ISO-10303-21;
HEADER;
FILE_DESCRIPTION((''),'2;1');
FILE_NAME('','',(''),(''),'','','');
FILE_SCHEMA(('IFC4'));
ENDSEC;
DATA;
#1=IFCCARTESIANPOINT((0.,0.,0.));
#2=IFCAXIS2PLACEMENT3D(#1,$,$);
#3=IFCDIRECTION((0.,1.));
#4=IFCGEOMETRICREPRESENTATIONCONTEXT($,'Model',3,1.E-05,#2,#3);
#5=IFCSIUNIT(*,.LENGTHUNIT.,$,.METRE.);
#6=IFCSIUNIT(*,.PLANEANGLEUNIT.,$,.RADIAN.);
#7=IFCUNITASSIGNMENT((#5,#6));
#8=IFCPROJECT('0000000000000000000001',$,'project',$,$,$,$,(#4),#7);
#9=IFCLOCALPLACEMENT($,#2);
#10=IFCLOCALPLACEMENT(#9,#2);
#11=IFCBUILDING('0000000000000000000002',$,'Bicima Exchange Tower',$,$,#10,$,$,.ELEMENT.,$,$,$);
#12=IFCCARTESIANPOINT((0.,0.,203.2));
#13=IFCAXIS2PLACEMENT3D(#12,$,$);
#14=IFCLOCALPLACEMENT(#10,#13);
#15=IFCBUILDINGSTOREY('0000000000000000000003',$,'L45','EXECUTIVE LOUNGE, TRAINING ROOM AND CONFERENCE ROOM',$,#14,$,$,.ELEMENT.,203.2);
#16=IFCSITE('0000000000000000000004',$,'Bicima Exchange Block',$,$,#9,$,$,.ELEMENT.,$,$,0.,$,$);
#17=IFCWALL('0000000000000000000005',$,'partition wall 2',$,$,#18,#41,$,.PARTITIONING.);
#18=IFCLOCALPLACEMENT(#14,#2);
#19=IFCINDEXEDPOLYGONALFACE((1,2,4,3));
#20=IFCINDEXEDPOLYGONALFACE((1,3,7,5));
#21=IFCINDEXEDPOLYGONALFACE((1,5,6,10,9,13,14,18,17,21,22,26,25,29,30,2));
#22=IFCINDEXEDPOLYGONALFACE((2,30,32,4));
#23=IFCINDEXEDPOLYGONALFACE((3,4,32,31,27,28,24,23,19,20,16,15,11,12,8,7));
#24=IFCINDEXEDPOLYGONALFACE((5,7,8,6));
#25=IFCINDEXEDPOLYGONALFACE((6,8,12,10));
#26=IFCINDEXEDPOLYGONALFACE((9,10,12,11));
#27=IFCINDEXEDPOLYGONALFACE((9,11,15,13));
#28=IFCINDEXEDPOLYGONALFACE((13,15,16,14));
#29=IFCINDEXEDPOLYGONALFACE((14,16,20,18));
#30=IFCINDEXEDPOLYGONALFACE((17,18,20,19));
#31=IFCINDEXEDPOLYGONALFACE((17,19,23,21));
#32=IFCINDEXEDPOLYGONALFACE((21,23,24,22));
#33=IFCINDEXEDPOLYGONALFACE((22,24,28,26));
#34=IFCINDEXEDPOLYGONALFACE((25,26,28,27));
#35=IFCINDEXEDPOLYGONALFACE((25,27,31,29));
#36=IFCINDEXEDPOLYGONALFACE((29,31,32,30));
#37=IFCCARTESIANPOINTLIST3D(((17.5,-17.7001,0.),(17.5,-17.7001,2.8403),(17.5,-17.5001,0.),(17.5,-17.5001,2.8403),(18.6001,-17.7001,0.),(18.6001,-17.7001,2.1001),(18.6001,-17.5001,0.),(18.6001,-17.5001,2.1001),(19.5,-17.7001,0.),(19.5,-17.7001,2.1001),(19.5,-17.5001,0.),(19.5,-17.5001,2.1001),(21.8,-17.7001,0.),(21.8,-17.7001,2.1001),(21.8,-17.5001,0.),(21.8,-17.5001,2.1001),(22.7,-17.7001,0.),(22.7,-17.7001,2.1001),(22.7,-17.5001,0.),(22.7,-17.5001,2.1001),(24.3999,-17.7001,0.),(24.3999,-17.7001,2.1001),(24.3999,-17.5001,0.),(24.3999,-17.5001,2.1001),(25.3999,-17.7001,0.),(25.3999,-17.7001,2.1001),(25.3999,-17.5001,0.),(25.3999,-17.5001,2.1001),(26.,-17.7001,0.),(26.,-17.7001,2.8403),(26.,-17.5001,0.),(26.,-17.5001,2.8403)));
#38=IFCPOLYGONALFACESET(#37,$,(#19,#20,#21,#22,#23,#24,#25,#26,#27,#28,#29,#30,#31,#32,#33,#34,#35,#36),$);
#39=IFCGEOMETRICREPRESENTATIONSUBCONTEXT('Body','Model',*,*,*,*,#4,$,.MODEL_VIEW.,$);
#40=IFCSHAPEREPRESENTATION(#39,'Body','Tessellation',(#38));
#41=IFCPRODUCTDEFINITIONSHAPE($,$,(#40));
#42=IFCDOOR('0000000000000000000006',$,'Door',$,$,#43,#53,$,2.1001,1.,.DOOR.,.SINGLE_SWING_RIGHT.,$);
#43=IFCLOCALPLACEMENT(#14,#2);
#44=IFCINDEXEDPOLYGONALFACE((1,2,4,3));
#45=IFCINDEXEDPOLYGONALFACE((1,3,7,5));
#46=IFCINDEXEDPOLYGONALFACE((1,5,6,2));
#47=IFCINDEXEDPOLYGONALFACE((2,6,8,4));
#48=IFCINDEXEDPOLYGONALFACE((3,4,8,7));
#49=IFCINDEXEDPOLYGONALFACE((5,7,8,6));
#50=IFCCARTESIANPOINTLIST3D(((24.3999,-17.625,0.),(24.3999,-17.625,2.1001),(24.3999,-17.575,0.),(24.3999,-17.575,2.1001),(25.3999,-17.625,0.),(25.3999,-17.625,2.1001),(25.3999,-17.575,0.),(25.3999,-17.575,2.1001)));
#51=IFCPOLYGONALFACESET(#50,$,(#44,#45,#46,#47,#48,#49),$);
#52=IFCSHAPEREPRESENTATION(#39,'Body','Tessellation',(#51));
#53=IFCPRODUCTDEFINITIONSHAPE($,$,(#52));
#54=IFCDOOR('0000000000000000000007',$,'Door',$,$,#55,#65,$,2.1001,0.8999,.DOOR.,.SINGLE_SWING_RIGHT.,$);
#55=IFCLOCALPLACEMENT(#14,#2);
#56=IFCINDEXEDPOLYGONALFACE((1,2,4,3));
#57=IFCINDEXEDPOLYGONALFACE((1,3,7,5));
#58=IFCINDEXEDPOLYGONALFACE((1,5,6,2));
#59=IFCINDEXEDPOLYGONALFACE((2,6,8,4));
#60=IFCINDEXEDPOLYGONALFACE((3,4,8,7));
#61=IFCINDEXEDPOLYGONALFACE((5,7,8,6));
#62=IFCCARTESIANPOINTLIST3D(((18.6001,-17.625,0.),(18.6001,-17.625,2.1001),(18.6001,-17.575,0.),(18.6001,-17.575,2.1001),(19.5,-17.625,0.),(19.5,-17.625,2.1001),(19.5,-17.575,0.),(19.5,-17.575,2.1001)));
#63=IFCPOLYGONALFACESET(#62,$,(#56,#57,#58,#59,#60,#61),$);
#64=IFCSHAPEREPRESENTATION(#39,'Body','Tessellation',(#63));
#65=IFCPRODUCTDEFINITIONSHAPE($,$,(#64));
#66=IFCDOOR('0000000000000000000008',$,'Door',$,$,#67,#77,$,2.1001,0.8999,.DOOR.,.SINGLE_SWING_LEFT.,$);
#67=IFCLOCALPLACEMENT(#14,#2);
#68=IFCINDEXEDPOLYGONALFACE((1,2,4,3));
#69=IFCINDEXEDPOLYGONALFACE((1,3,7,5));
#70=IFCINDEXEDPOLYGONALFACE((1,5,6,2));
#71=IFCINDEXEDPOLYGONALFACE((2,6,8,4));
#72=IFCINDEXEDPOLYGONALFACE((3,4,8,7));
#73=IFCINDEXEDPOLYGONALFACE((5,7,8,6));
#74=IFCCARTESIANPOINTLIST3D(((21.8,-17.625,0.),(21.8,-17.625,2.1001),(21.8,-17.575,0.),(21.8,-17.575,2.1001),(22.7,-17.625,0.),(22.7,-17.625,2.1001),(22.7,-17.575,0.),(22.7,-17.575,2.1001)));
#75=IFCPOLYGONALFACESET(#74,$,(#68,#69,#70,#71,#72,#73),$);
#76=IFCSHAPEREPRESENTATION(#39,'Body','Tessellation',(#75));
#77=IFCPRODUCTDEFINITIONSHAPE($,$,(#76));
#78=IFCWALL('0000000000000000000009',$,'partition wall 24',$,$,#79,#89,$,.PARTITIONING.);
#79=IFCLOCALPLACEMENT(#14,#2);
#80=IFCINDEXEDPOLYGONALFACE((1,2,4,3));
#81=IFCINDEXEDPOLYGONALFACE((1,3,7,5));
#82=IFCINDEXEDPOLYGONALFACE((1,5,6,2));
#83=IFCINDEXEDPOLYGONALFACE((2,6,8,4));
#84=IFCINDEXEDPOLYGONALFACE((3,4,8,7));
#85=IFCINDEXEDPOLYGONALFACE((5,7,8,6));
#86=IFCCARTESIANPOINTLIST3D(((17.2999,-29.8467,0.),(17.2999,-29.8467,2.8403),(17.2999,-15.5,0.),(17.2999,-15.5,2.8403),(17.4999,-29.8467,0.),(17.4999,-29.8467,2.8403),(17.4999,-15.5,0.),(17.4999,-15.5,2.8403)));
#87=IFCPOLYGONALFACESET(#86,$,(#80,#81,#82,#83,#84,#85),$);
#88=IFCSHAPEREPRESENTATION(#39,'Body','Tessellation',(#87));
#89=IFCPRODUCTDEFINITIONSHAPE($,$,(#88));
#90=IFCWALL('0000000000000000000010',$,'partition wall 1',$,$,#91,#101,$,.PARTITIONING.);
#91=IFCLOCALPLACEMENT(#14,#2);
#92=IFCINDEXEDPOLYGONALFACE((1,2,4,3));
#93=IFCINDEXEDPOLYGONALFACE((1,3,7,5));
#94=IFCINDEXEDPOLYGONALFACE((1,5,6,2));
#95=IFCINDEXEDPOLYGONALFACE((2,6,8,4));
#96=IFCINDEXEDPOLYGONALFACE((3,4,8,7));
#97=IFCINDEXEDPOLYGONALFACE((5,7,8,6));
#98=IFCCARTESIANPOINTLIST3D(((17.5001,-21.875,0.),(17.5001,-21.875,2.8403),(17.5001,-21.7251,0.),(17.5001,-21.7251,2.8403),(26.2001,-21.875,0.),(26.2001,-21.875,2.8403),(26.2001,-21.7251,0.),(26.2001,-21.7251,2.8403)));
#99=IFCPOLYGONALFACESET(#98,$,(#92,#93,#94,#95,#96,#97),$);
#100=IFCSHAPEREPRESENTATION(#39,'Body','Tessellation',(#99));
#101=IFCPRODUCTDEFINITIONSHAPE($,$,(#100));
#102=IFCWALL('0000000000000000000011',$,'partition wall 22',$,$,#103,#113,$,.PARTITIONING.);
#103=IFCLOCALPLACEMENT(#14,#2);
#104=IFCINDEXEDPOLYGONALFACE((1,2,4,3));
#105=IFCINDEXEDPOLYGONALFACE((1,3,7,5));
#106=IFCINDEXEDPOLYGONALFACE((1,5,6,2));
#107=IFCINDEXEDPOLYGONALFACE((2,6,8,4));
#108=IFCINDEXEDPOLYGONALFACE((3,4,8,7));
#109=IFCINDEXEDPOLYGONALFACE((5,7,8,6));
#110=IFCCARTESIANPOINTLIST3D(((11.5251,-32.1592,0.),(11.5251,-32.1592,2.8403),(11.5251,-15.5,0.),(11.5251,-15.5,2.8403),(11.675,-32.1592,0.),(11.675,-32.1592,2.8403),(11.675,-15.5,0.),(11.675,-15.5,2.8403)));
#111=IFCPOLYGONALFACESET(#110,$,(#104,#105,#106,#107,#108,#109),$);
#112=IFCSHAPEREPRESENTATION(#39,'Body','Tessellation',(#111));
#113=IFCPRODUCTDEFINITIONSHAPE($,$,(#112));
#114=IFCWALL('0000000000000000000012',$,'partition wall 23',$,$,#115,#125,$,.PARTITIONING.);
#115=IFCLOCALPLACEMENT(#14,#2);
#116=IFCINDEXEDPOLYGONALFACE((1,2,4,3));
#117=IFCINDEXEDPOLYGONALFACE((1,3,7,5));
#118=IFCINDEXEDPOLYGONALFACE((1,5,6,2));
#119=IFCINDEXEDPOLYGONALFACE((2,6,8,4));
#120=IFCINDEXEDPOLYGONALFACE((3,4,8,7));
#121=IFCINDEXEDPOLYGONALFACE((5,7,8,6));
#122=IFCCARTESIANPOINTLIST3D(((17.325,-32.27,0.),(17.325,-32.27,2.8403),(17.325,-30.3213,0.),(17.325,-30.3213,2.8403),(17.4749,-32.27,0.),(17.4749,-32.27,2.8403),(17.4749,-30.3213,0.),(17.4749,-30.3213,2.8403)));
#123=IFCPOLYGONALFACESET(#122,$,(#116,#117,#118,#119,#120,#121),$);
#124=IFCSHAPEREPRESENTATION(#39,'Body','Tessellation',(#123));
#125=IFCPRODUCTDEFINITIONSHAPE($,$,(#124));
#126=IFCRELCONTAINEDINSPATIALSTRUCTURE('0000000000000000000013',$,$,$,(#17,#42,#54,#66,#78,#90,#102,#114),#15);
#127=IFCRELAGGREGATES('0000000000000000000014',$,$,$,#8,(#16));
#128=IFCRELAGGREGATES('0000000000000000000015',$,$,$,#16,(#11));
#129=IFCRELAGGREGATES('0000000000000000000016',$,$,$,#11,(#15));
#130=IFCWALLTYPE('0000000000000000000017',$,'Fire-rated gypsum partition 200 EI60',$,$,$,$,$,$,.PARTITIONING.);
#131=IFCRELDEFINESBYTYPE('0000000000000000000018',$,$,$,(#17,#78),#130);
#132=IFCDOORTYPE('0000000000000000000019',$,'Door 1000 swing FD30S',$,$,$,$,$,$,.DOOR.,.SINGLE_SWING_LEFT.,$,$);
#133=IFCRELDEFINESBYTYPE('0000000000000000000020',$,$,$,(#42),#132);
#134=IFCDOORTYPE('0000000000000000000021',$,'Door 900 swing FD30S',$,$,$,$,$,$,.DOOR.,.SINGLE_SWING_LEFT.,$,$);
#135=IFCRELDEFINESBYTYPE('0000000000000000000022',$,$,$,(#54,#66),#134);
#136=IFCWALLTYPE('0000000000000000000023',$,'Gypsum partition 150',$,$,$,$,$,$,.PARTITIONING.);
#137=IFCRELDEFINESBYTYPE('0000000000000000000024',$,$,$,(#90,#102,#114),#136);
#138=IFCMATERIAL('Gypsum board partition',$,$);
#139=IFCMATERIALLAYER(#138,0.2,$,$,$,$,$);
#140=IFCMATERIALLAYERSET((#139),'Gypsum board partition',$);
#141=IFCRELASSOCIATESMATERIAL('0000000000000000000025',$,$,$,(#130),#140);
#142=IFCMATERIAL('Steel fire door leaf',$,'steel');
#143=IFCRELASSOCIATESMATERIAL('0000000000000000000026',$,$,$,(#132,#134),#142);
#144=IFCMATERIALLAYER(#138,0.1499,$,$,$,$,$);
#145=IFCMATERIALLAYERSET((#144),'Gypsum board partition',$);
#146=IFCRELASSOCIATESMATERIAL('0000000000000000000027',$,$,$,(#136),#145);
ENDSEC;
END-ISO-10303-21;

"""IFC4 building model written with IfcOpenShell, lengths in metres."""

from ifc_helpers import new_model, si_unit, direction, frame, frame_2d, origin, place, context, subcontext, project, spatial, rectangle, extrude, material, layer, layer_set, type_object, element, fill, save


model = new_model("IFC4")

# Units and contexts
model_context = context("Model", 3, precision=1e-05, world=origin(), true_north=direction((0.0, 1.0)))
body_context = subcontext(model_context, "Body", "Model", "MODEL_VIEW")
ifc_project = project(units=[si_unit("LENGTHUNIT", "METRE"), si_unit("PLANEANGLEUNIT", "RADIAN")], contexts=[model_context])

# Site, building, storey
site_placement = place(None, origin())
site = spatial("IfcSite", under=ifc_project, at=site_placement, Name="Bicima Exchange Block", CompositionType="ELEMENT", RefElevation=0.0)
building_placement = place(site_placement, origin())
building = spatial("IfcBuilding", under=site, at=building_placement, Name="Bicima Exchange Tower", CompositionType="ELEMENT")
storey_placement = place(building_placement, frame((0.0, 0.0, 203.2)))
storey = spatial("IfcBuildingStorey", under=building, at=storey_placement, Name="L45", Description="EXECUTIVE LOUNGE, TRAINING ROOM AND CONFERENCE ROOM", CompositionType="ELEMENT", Elevation=203.2)

# Wall, openings, doors
ifc_material_1 = material(Name="Gypsum board partition")
ifc_layer_1 = layer(ifc_material_1, 0.2)
ifc_layer_set_1 = layer_set([ifc_layer_1], Name="Gypsum board partition")
wall_type_1 = type_object("IfcWallType", Name="Fire-rated gypsum partition 200 EI60", PredefinedType="PARTITIONING", material=ifc_layer_set_1)
wall_1_placement = place(storey_placement, frame((17.5, -17.6001, 0.0), z_axis=(0.0, 0.0, 1.0), x_axis=(1.0, 0.0, 0.0)))
wall_1 = element("IfcWall", 1, at=wall_1_placement, inside=storey, type_object=wall_type_1, Name="partition wall 2", PredefinedType="PARTITIONING", context=body_context, shape_type="SweptSolid", body=[
    extrude(rectangle(XDim=8.5, YDim=0.2, at=frame_2d((4.25, 0.0))), origin(), (0.0, 0.0, 1.0), 2.8403),
])
opening_1_placement = place(wall_1_placement, frame((1.1001, 0.0, 0.0)))
opening_1 = element("IfcOpeningElement", 2, at=opening_1_placement, cuts=wall_1, PredefinedType="OPENING", context=body_context, shape_type="SweptSolid", body=[
    extrude(rectangle(XDim=0.8999, YDim=2.1001, at=frame_2d((0.45, 1.05))), frame((0.0, 0.1118, 0.0), z_axis=(0.0, -1.0, 0.0), x_axis=(1.0, 0.0, 0.0)), (0.0, 0.0, 1.0), 0.2239),
])
opening_2_placement = place(wall_1_placement, frame((4.3, 0.0, 0.0)))
opening_2 = element("IfcOpeningElement", 3, at=opening_2_placement, cuts=wall_1, PredefinedType="OPENING", context=body_context, shape_type="SweptSolid", body=[
    extrude(rectangle(XDim=0.8999, YDim=2.1001, at=frame_2d((0.45, 1.05))), frame((0.0, 0.1118, 0.0), z_axis=(0.0, -1.0, 0.0), x_axis=(1.0, 0.0, 0.0)), (0.0, 0.0, 1.0), 0.2239),
])
opening_3_placement = place(wall_1_placement, frame((6.8999, 0.0, 0.0)))
opening_3 = element("IfcOpeningElement", 4, at=opening_3_placement, cuts=wall_1, PredefinedType="OPENING", context=body_context, shape_type="SweptSolid", body=[
    extrude(rectangle(XDim=1.0, YDim=2.1001, at=frame_2d((0.5, 1.05))), frame((0.0, 0.1118, 0.0), z_axis=(0.0, -1.0, 0.0), x_axis=(1.0, 0.0, 0.0)), (0.0, 0.0, 1.0), 0.2239),
])
ifc_material_2 = material(Name="Steel fire door leaf", Category="steel")
door_type_1 = type_object("IfcDoorType", Name="Door 1000 swing FD30S", OperationType="SINGLE_SWING_LEFT", PredefinedType="DOOR", material=ifc_material_2)
door_1_placement = place(opening_3_placement, frame((1.0, 0.0, 0.0), z_axis=(0.0, 0.0, 1.0), x_axis=(-1.0, 0.0, 0.0)))
door_1 = element("IfcDoor", 5, at=door_1_placement, inside=storey, type_object=door_type_1, Name="Door", OperationType="SINGLE_SWING_RIGHT", OverallHeight=2.1001, OverallWidth=1.0, PredefinedType="DOOR", context=body_context, shape_type="SweptSolid", body=[
    extrude(rectangle(XDim=1.0, YDim=2.1001, at=frame_2d((0.5, 1.05))), frame((0.0, 0.0249, 0.0), z_axis=(0.0, -1.0, 0.0), x_axis=(1.0, 0.0, 0.0)), (0.0, 0.0, 1.0), 0.05),
])
fill(opening_3, door_1)
door_type_2 = type_object("IfcDoorType", Name="Door 900 swing FD30S", OperationType="SINGLE_SWING_LEFT", PredefinedType="DOOR", material=ifc_material_2)
door_2_placement = place(opening_1_placement, frame((0.8999, 0.0, 0.0), z_axis=(0.0, 0.0, 1.0), x_axis=(-1.0, 0.0, 0.0)))
door_2 = element("IfcDoor", 6, at=door_2_placement, inside=storey, type_object=door_type_2, Name="Door", OperationType="SINGLE_SWING_RIGHT", OverallHeight=2.1001, OverallWidth=0.8999, PredefinedType="DOOR", context=body_context, shape_type="SweptSolid", body=[
    extrude(rectangle(XDim=0.8999, YDim=2.1001, at=frame_2d((0.45, 1.05))), frame((0.0, 0.0249, 0.0), z_axis=(0.0, -1.0, 0.0), x_axis=(1.0, 0.0, 0.0)), (0.0, 0.0, 1.0), 0.05),
])
fill(opening_1, door_2)
door_3_placement = place(opening_2_placement, frame((0.8999, 0.0, 0.0), z_axis=(0.0, 0.0, 1.0), x_axis=(-1.0, 0.0, 0.0)))
door_3 = element("IfcDoor", 7, at=door_3_placement, inside=storey, type_object=door_type_2, Name="Door", OperationType="SINGLE_SWING_LEFT", OverallHeight=2.1001, OverallWidth=0.8999, PredefinedType="DOOR", context=body_context, shape_type="SweptSolid", body=[
    extrude(rectangle(XDim=0.8999, YDim=2.1001, at=frame_2d((0.45, 1.05))), frame((0.0, 0.0249, 0.0), z_axis=(0.0, -1.0, 0.0), x_axis=(1.0, 0.0, 0.0)), (0.0, 0.0, 1.0), 0.05),
])
fill(opening_2, door_3)

# Walls
wall_2_placement = place(storey_placement, frame((17.3999, -29.8467, 0.0), z_axis=(0.0, 0.0, 1.0), x_axis=(0.0, 1.0, 0.0)))
element("IfcWall", 8, at=wall_2_placement, inside=storey, type_object=wall_type_1, Name="partition wall 24", PredefinedType="PARTITIONING", context=body_context, shape_type="SweptSolid", body=[
    extrude(rectangle(XDim=14.3467, YDim=0.2, at=frame_2d((7.1733, 0.0))), origin(), (0.0, 0.0, 1.0), 2.8403),
])
ifc_layer_2 = layer(ifc_material_1, 0.1499)
ifc_layer_set_2 = layer_set([ifc_layer_2], Name="Gypsum board partition")
wall_type_2 = type_object("IfcWallType", Name="Gypsum partition 150", PredefinedType="PARTITIONING", material=ifc_layer_set_2)
wall_3_placement = place(storey_placement, frame((17.5, -21.8, 0.0), z_axis=(0.0, 0.0, 1.0), x_axis=(1.0, 0.0, 0.0)))
element("IfcWall", 9, at=wall_3_placement, inside=storey, type_object=wall_type_2, Name="partition wall 1", PredefinedType="PARTITIONING", context=body_context, shape_type="SweptSolid", body=[
    extrude(rectangle(XDim=8.7, YDim=0.1499, at=frame_2d((4.3501, 0.0))), origin(), (0.0, 0.0, 1.0), 2.8403),
])
wall_4_placement = place(storey_placement, frame((11.6001, -32.1592, 0.0), z_axis=(0.0, 0.0, 1.0), x_axis=(0.0, 1.0, 0.0)))
element("IfcWall", 10, at=wall_4_placement, inside=storey, type_object=wall_type_2, Name="partition wall 22", PredefinedType="PARTITIONING", context=body_context, shape_type="SweptSolid", body=[
    extrude(rectangle(XDim=16.6592, YDim=0.1499, at=frame_2d((8.3296, 0.0))), origin(), (0.0, 0.0, 1.0), 2.8403),
])
wall_5_placement = place(storey_placement, frame((17.3999, -32.27, 0.0), z_axis=(0.0, 0.0, 1.0), x_axis=(0.0, 1.0, 0.0)))
element("IfcWall", 11, at=wall_5_placement, inside=storey, type_object=wall_type_2, Name="partition wall 23", PredefinedType="PARTITIONING", context=body_context, shape_type="SweptSolid", body=[
    extrude(rectangle(XDim=1.9487, YDim=0.1499, at=frame_2d((0.9744, 0.0))), origin(), (0.0, 0.0, 1.0), 2.8403),
])

save(model, "model.ifc")
